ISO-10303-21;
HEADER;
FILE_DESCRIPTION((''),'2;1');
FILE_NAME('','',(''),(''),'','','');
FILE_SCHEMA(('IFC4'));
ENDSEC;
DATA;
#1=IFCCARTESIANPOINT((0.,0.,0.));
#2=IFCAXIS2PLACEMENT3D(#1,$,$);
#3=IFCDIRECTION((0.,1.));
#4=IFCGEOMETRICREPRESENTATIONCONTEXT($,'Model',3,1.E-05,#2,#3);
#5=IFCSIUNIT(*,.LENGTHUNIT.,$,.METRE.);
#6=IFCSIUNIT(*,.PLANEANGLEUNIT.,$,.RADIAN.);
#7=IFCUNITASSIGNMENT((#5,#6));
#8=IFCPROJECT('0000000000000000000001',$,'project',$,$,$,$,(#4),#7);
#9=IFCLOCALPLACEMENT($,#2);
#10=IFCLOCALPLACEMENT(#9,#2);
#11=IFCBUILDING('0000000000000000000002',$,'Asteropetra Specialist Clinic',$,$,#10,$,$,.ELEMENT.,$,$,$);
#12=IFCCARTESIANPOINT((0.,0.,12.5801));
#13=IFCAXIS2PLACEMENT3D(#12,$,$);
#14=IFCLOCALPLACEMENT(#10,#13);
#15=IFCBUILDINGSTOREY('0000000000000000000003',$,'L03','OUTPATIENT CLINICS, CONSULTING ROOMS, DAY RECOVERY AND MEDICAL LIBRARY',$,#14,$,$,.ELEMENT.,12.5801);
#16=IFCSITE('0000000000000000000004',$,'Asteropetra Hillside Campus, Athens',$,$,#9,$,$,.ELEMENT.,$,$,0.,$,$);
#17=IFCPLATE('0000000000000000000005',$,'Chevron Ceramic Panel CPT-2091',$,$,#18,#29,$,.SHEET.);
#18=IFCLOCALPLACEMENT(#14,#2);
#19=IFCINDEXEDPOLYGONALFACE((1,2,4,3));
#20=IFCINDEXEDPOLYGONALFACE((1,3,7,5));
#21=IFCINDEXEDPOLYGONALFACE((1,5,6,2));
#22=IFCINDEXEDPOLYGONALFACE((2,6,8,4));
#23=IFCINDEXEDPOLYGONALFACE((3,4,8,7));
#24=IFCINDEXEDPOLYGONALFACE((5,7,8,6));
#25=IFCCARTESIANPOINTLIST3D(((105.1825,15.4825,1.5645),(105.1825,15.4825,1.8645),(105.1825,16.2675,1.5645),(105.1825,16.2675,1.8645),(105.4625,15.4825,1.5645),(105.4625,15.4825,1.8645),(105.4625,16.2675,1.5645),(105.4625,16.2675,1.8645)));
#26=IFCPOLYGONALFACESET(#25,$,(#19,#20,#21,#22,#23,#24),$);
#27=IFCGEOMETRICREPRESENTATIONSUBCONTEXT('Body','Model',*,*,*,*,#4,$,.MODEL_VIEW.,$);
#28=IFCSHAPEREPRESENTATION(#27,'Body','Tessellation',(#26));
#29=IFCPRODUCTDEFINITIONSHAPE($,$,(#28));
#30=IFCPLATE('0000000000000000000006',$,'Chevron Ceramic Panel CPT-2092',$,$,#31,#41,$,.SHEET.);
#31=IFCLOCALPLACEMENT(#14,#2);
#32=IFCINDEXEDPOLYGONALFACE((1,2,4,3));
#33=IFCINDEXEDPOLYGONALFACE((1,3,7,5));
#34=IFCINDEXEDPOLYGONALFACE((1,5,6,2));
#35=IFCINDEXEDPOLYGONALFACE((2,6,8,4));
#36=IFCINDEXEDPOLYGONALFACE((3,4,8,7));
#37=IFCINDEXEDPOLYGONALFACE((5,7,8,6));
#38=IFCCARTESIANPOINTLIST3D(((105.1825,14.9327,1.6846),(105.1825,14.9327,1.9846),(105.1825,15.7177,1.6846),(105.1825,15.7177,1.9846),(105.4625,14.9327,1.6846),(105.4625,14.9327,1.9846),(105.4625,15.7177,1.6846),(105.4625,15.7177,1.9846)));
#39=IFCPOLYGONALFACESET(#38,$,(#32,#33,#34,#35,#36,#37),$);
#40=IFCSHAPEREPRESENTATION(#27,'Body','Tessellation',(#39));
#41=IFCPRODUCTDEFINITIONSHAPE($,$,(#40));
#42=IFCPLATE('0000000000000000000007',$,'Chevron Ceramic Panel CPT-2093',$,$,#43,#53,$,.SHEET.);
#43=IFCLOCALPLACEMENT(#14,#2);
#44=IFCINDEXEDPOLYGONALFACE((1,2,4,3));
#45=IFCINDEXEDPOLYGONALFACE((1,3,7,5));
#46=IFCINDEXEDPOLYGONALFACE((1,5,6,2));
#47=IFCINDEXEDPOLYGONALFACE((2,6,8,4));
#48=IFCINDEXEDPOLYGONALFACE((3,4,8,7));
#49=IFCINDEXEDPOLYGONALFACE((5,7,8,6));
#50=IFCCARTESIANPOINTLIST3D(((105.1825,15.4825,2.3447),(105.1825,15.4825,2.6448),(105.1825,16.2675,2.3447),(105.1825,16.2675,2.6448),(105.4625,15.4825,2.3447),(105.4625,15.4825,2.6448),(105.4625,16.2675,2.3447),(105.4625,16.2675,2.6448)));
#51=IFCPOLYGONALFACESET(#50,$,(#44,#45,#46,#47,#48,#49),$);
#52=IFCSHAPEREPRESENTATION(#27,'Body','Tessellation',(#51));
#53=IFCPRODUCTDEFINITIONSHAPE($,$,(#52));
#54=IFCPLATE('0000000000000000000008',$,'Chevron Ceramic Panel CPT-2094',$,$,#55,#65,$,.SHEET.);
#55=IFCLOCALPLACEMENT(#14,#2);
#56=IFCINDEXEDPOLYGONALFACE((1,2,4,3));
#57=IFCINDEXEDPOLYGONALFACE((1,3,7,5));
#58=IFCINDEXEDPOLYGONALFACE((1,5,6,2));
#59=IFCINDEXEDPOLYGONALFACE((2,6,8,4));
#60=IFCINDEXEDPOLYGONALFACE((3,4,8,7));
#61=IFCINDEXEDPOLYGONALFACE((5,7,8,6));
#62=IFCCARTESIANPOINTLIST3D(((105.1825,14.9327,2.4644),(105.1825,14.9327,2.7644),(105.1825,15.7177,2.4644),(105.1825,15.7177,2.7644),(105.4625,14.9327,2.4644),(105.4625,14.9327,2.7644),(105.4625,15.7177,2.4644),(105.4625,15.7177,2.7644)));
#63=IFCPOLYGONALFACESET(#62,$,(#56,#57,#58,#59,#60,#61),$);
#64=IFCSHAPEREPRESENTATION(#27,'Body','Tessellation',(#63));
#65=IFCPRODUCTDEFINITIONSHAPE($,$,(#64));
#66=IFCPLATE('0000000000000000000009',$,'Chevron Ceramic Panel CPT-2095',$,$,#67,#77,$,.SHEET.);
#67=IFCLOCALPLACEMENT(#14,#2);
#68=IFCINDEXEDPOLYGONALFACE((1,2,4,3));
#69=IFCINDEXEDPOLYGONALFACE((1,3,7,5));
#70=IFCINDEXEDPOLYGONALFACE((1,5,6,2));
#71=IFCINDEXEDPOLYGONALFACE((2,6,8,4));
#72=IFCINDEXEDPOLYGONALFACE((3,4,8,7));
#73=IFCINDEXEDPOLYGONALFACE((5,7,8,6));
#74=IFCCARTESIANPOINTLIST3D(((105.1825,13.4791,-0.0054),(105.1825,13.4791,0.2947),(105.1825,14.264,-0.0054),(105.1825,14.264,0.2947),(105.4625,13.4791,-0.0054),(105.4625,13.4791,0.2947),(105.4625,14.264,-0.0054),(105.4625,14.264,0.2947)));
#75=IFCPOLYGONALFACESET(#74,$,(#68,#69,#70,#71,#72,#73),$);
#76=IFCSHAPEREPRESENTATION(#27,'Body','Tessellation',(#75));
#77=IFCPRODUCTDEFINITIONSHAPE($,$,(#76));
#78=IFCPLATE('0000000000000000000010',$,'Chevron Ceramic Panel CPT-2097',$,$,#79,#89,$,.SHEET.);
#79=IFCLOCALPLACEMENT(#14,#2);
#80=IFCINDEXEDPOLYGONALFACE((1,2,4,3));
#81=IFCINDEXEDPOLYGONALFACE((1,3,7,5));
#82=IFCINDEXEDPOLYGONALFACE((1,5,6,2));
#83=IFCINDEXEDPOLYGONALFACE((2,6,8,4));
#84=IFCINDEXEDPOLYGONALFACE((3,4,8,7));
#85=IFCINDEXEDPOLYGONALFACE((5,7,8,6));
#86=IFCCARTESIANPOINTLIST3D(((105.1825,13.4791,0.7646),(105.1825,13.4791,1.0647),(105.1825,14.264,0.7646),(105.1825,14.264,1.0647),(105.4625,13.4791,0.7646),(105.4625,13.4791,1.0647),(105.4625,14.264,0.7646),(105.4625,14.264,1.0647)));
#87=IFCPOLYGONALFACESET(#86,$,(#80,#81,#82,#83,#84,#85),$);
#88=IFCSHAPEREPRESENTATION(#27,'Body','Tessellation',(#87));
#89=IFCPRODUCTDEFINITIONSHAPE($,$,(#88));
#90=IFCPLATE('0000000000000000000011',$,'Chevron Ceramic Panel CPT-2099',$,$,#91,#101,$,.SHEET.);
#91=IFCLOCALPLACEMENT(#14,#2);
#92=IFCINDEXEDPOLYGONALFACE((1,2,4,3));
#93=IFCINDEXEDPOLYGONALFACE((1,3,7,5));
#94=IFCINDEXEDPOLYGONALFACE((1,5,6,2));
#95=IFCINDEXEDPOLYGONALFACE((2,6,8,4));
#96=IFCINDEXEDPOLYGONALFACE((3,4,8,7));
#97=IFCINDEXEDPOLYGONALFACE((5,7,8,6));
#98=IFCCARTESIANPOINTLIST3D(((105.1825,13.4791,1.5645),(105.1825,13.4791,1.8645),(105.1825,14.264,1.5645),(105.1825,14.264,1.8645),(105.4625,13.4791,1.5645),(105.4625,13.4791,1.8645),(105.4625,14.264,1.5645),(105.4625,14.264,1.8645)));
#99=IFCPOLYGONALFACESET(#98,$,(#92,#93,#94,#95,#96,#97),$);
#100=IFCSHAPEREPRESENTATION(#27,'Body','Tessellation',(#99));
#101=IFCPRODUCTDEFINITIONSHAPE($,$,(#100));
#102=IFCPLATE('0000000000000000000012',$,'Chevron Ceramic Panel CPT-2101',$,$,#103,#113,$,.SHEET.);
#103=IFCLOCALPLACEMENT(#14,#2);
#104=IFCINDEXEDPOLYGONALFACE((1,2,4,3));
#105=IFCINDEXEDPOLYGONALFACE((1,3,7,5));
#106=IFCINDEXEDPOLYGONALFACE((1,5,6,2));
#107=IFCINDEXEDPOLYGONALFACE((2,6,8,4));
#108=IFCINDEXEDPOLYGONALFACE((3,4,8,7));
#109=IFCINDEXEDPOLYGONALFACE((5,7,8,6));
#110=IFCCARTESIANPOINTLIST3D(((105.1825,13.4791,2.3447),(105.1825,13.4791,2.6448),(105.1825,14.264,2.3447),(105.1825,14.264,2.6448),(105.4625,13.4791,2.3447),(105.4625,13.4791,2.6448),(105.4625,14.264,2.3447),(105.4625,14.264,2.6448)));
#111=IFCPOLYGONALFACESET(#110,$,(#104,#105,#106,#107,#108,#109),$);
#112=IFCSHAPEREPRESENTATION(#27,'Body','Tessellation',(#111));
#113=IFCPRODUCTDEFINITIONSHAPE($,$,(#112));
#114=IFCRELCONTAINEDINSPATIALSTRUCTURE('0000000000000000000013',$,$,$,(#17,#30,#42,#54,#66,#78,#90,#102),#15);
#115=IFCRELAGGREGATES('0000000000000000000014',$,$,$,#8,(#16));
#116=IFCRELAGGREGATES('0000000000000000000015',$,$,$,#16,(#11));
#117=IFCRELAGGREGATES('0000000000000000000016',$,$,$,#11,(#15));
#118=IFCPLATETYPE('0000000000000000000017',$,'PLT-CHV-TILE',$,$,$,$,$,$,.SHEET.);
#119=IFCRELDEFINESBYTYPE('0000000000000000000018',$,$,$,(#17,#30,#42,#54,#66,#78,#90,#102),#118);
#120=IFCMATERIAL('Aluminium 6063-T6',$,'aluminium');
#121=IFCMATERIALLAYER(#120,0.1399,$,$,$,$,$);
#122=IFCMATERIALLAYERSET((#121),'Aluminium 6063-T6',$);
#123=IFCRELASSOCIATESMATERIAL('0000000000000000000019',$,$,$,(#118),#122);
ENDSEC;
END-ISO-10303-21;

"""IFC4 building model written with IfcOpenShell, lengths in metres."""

from ifc_helpers import new_model, si_unit, direction, frame, origin, origin_2d, place, context, subcontext, project, spatial, rectangle, extrude, material, layer, layer_set, type_object, element, save


model = new_model("IFC4")

# Units and contexts
model_context = context("Model", 3, precision=1e-05, world=origin(), true_north=direction((0.0, 1.0)))
body_context = subcontext(model_context, "Body", "Model", "MODEL_VIEW")
ifc_project = project(units=[si_unit("LENGTHUNIT", "METRE"), si_unit("PLANEANGLEUNIT", "RADIAN")], contexts=[model_context])

# Site, building, storey
site_placement = place(None, origin())
site = spatial("IfcSite", under=ifc_project, at=site_placement, Name="Asteropetra Hillside Campus, Athens", CompositionType="ELEMENT", RefElevation=0.0)
building_placement = place(site_placement, origin())
building = spatial("IfcBuilding", under=site, at=building_placement, Name="Asteropetra Specialist Clinic", CompositionType="ELEMENT")
storey_placement = place(building_placement, frame((0.0, 0.0, 12.5801)))
storey = spatial("IfcBuildingStorey", under=building, at=storey_placement, Name="L03", Description="OUTPATIENT CLINICS, CONSULTING ROOMS, DAY RECOVERY AND MEDICAL LIBRARY", CompositionType="ELEMENT", Elevation=12.5801)

# Plates
ifc_material_1 = material(Name="Aluminium 6063-T6", Category="aluminium")
ifc_layer = layer(ifc_material_1, 0.1399)
ifc_layer_set = layer_set([ifc_layer], Name="Aluminium 6063-T6")
plate_type_1 = type_object("IfcPlateType", Name="PLT-CHV-TILE", PredefinedType="SHEET", material=ifc_layer_set)
for number, where, z_axis, x_axis, name in (
    (1, (105.3225, 15.875, 1.5645), (0.0, 0.0, 1.0), (1.0, 0.0, 0.0), "Chevron Ceramic Panel CPT-2091"),
    (2, (105.3225, 15.3252, 1.6846), (0.0, 0.0, 1.0), (1.0, 0.0, 0.0), "Chevron Ceramic Panel CPT-2092"),
    (3, (105.3225, 15.875, 2.3447), (0.0, 0.0, 1.0), (1.0, 0.0, 0.0), "Chevron Ceramic Panel CPT-2093"),
    (4, (105.3225, 15.3252, 2.4644), (0.0, 0.0, 1.0), (1.0, 0.0, 0.0), "Chevron Ceramic Panel CPT-2094"),
    (5, (105.3225, 13.8716, -0.0054), (0.0, 0.0, 1.0), (1.0, 0.0, 0.0), "Chevron Ceramic Panel CPT-2095"),
    (6, (105.3225, 13.8716, 0.7646), (0.0, 0.0, 1.0), (1.0, 0.0, 0.0), "Chevron Ceramic Panel CPT-2097"),
    (7, (105.3225, 13.8716, 1.5645), (0.0, 0.0, 1.0), (1.0, 0.0, 0.0), "Chevron Ceramic Panel CPT-2099"),
    (8, (105.3225, 13.8716, 2.3447), (0.0, 0.0, 1.0), (1.0, 0.0, 0.0), "Chevron Ceramic Panel CPT-2101"),
):
    element("IfcPlate", number, at=place(storey_placement, frame(where, z_axis=z_axis, x_axis=x_axis)), inside=storey, type_object=plate_type_1, Name=name, PredefinedType="SHEET", context=body_context, shape_type="SweptSolid", body=[
        extrude(rectangle(XDim=0.28, YDim=0.7849, at=origin_2d()), origin(), (0.0, 0.0, 1.0), 0.3),
    ])

save(model, "model.ifc")
